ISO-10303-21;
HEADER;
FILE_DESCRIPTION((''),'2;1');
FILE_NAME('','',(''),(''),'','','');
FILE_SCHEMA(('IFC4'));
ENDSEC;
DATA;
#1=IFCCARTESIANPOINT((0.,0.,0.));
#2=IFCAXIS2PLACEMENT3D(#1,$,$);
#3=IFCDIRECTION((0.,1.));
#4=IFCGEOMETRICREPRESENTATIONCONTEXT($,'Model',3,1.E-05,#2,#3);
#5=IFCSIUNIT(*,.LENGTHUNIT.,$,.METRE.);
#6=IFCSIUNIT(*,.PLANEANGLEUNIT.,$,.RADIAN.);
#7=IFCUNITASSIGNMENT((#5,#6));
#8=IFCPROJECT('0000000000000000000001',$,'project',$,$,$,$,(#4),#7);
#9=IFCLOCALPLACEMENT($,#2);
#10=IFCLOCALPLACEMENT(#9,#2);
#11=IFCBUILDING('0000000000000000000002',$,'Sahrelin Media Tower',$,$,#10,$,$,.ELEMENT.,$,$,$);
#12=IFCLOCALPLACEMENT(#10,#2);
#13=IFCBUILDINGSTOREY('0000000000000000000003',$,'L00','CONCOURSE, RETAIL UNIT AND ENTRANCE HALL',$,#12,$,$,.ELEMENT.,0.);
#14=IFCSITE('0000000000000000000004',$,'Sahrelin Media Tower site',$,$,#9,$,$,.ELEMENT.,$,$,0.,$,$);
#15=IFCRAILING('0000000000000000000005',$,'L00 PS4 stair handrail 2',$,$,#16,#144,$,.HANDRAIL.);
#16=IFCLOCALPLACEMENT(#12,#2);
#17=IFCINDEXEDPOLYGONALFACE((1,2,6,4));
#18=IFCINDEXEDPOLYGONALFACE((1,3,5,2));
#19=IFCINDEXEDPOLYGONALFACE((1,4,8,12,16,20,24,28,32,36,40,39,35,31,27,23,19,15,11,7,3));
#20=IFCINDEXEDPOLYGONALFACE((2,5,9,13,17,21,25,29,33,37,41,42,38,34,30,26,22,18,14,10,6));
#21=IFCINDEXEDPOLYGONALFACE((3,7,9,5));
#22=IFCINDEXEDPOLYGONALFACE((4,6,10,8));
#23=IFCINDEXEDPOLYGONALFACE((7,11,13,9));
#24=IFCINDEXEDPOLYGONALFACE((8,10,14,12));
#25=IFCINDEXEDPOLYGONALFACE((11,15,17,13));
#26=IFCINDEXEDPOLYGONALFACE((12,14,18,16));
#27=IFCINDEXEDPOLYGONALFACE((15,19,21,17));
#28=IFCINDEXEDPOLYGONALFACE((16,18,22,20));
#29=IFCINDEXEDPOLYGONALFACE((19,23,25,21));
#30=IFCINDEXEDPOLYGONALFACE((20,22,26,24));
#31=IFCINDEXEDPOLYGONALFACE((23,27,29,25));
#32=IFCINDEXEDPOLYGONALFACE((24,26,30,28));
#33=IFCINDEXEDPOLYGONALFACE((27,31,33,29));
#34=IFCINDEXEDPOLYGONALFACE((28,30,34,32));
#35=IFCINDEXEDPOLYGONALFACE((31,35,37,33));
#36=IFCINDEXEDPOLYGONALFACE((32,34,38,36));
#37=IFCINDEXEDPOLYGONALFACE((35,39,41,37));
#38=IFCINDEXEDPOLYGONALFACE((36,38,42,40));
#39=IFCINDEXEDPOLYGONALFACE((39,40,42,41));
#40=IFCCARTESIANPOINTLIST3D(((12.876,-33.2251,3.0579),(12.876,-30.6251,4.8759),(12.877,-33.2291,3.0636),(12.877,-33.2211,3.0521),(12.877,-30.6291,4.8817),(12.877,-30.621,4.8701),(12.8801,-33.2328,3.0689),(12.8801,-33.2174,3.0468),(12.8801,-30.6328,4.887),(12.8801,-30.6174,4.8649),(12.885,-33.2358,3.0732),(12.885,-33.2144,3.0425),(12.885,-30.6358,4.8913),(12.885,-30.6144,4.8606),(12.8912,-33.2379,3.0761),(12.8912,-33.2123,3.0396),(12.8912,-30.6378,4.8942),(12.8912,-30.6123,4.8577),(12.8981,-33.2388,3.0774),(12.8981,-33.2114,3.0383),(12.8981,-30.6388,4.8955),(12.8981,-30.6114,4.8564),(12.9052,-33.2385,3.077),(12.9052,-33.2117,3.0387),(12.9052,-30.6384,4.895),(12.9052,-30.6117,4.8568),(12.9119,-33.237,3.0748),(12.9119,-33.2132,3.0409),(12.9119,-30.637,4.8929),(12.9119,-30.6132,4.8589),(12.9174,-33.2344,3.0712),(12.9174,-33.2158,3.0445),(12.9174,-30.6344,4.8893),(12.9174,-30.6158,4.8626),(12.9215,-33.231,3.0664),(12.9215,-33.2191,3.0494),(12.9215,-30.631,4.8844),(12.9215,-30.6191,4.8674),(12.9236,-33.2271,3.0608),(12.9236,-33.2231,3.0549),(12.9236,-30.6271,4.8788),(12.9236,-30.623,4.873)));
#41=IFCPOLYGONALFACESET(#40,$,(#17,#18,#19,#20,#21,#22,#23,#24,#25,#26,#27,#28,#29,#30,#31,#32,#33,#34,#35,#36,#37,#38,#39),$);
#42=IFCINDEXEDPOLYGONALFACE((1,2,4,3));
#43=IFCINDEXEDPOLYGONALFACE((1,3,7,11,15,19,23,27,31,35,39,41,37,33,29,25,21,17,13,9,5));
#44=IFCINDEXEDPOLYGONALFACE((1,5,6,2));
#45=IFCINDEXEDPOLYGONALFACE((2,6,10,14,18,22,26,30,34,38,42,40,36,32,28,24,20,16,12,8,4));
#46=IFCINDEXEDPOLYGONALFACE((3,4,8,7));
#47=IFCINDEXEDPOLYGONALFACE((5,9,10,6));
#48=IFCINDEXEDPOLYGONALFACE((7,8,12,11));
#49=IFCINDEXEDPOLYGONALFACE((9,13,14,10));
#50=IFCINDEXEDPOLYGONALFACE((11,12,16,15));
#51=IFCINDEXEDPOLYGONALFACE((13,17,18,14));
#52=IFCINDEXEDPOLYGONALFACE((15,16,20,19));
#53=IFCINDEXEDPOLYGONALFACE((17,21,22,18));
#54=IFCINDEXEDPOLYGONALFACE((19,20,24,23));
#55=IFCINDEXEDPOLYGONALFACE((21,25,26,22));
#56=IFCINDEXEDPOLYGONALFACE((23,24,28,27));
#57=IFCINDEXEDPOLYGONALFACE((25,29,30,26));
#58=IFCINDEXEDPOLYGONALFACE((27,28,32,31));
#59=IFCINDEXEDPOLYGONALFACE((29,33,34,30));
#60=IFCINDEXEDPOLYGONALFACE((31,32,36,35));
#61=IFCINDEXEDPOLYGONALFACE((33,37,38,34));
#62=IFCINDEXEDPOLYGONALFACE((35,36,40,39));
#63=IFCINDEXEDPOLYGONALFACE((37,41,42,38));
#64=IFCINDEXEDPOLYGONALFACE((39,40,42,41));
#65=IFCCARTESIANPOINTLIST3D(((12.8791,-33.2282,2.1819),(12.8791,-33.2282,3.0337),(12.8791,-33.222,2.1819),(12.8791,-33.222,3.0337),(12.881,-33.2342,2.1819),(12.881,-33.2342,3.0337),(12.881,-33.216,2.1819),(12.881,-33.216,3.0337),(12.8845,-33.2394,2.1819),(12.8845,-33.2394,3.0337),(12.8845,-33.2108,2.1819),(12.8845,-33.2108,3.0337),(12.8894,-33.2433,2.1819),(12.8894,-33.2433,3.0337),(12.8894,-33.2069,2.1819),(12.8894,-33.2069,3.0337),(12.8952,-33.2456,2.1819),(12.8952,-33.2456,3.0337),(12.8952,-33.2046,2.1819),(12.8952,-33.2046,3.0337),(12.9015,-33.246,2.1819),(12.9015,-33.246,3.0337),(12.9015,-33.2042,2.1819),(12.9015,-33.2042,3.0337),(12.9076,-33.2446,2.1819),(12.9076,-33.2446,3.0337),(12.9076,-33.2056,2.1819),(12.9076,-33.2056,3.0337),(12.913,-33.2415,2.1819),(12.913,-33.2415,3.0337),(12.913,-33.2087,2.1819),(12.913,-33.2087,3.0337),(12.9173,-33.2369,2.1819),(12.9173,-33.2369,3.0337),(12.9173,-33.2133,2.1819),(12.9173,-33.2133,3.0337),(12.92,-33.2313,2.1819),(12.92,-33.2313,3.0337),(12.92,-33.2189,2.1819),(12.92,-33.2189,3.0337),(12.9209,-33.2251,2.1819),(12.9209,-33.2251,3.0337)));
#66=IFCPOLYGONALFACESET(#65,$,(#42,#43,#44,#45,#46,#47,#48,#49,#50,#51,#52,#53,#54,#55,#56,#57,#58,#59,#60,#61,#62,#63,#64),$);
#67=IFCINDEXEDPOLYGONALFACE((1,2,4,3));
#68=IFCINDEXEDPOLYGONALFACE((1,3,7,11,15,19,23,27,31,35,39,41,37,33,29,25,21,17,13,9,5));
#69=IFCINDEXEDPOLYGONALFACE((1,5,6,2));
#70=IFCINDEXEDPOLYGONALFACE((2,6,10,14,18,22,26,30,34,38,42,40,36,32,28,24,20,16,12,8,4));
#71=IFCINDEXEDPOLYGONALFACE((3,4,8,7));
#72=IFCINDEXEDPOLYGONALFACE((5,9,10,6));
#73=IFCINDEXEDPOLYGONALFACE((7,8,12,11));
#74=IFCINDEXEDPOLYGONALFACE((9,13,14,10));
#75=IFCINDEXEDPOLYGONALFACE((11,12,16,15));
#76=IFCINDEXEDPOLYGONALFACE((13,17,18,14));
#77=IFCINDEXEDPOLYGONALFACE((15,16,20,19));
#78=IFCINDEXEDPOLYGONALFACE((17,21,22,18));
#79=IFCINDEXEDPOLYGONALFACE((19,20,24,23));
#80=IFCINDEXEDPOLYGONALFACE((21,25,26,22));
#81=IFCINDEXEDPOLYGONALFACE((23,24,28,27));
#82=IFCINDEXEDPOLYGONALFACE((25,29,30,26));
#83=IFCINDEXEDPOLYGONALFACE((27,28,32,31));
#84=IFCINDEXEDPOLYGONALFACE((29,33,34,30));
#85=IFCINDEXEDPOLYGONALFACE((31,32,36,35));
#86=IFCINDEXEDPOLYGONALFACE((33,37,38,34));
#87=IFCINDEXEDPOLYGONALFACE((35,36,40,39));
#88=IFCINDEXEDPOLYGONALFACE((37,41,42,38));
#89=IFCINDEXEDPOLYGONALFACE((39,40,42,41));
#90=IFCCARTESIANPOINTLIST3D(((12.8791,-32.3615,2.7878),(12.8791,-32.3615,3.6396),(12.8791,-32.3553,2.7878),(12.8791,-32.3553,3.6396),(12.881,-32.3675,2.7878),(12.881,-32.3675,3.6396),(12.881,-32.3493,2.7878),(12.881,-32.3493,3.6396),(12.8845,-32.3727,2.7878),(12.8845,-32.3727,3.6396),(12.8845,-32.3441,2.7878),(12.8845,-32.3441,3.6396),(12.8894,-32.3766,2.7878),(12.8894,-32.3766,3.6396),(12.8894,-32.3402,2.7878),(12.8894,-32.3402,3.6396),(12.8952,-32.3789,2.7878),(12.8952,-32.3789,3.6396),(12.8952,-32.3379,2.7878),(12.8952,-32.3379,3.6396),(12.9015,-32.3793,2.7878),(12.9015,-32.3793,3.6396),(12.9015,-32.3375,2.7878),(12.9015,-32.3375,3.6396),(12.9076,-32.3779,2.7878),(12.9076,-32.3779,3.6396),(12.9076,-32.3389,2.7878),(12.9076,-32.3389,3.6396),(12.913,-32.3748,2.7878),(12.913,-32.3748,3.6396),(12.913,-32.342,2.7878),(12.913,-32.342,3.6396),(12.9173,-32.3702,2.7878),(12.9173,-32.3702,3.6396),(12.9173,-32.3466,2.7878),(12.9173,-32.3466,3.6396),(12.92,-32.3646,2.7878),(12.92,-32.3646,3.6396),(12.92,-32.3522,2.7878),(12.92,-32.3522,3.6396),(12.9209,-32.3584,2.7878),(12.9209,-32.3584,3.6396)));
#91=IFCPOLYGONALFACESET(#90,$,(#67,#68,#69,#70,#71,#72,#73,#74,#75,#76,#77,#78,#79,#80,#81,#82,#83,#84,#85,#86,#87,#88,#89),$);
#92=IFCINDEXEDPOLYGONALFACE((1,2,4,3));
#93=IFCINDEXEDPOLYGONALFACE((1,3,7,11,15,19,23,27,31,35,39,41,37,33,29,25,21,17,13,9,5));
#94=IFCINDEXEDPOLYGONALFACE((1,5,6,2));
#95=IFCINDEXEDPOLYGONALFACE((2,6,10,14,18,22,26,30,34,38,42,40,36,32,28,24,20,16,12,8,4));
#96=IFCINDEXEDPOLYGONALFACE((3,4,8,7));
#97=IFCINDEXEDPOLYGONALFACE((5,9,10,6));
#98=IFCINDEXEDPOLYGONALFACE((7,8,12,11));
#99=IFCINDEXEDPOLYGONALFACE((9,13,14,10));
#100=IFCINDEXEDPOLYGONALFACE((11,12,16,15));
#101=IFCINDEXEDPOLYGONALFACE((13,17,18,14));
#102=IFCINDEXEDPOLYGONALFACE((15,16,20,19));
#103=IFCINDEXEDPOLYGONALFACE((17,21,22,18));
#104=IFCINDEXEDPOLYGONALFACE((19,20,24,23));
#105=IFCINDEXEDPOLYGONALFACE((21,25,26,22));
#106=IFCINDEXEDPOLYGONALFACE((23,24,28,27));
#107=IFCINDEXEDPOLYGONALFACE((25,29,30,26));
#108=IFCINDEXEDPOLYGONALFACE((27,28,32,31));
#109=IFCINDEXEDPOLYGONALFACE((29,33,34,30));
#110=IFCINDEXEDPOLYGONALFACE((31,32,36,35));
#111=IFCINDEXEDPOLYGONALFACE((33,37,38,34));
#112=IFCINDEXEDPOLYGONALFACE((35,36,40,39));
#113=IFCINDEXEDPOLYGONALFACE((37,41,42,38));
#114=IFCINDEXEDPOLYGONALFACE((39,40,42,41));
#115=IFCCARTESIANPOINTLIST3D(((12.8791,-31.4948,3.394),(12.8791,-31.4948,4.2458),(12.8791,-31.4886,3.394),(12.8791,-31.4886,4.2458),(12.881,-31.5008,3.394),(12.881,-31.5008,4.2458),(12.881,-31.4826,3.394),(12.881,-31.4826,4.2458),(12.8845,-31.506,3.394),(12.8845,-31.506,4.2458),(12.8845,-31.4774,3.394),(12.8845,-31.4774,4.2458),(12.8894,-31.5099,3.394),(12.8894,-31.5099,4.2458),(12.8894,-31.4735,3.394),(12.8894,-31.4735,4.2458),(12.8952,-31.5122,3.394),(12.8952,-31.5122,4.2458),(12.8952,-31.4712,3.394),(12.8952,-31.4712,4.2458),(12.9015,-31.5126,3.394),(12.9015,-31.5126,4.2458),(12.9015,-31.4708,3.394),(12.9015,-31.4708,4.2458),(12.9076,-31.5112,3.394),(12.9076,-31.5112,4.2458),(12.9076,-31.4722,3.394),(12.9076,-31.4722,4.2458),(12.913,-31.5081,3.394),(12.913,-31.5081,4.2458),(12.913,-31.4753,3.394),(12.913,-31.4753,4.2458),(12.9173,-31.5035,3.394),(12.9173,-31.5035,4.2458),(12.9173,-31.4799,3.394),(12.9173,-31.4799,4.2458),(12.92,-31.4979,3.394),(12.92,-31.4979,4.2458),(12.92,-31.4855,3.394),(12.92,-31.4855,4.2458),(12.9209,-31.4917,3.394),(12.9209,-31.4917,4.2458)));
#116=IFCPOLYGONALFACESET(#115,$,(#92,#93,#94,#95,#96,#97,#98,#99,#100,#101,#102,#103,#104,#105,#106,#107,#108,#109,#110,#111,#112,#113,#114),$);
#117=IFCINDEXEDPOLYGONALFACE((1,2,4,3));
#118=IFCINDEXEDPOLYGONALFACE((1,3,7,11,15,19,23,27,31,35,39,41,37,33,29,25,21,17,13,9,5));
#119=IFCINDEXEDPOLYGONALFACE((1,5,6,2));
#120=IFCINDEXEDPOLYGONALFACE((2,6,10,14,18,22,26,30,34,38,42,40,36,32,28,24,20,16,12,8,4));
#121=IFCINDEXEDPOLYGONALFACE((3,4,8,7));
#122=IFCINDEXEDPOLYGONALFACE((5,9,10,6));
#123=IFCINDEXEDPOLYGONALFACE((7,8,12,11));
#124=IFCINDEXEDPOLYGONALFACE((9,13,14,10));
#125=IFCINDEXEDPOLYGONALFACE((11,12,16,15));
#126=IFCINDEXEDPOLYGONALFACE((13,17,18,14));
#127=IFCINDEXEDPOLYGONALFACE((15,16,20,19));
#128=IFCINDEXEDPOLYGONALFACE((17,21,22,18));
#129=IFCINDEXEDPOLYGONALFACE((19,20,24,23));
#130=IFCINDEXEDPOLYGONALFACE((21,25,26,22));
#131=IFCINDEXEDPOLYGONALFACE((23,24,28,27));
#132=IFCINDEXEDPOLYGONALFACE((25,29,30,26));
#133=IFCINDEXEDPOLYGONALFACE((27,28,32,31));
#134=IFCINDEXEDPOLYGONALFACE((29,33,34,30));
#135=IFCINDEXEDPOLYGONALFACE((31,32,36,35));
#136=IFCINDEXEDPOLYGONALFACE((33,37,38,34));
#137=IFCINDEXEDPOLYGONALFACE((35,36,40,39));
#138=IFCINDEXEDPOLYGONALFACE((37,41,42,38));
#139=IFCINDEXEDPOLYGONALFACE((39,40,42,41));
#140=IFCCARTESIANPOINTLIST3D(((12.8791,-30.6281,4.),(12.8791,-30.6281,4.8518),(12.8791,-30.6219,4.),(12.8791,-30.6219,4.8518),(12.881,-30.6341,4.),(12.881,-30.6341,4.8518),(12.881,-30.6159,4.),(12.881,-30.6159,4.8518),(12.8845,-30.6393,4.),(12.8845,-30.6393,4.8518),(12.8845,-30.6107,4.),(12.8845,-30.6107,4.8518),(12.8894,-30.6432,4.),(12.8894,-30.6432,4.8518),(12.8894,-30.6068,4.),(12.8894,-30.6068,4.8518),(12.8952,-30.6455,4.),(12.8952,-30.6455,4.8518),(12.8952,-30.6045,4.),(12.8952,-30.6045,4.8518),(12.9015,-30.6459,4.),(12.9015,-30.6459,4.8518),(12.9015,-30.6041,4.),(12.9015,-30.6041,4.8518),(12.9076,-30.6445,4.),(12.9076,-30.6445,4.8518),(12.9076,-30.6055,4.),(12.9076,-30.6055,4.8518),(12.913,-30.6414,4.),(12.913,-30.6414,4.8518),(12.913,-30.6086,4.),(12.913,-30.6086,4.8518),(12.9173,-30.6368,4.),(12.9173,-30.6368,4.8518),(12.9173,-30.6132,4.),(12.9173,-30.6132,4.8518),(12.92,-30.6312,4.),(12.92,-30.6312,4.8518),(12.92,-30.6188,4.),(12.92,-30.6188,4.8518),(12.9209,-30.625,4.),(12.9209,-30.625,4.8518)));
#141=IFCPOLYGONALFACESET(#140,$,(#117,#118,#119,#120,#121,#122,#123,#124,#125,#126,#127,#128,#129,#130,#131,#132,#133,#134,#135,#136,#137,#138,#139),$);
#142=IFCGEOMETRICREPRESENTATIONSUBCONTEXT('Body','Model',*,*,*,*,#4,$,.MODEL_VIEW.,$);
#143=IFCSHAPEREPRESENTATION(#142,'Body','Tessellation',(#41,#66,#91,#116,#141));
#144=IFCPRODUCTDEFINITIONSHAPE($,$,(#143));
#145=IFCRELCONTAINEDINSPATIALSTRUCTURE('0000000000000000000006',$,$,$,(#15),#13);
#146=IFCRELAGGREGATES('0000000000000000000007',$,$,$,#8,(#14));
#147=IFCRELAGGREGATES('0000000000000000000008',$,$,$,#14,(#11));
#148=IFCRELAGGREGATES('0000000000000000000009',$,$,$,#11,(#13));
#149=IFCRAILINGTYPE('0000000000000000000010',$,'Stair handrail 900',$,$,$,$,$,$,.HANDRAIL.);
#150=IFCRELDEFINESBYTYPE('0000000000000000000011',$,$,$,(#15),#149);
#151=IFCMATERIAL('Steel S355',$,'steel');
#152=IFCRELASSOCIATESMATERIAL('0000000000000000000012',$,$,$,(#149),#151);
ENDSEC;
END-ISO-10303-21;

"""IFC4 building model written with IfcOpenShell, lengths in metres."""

from ifc_helpers import new_model, si_unit, direction, frame, origin, origin_2d, place, context, subcontext, project, spatial, circle, extrude, material, type_object, element, save


model = new_model("IFC4")

# Units and contexts
model_context = context("Model", 3, precision=1e-05, world=origin(), true_north=direction((0.0, 1.0)))
body_context = subcontext(model_context, "Body", "Model", "MODEL_VIEW")
ifc_project = project(units=[si_unit("LENGTHUNIT", "METRE"), si_unit("PLANEANGLEUNIT", "RADIAN")], contexts=[model_context])

# Site, building, storey
site_placement = place(None, origin())
site = spatial("IfcSite", under=ifc_project, at=site_placement, Name="Sahrelin Media Tower site", CompositionType="ELEMENT", RefElevation=0.0)
building_placement = place(site_placement, origin())
building = spatial("IfcBuilding", under=site, at=building_placement, Name="Sahrelin Media Tower", CompositionType="ELEMENT")
storey_placement = place(building_placement, origin())
storey = spatial("IfcBuildingStorey", under=building, at=storey_placement, Name="L00", Description="CONCOURSE, RETAIL UNIT AND ENTRANCE HALL", CompositionType="ELEMENT", Elevation=0.0)

# Shared definitions
ifc_material_1 = material(Name="Steel S355", Category="steel")

# Railing
railing_type_1 = type_object("IfcRailingType", Name="Stair handrail 900", PredefinedType="HANDRAIL", material=ifc_material_1)
for number, where, name in (
    (1, (12.8999, -33.2251, 2.1819), "L00 PS4 stair handrail 2"),
):
    element("IfcRailing", number, at=place(storey_placement, frame(where)), inside=storey, type_object=railing_type_1, Name=name, PredefinedType="HANDRAIL", context=body_context, shape_type="SweptSolid", body=[
        extrude(circle(Radius=0.0239, at=origin_2d()), frame((0.0, 0.0, 0.876), z_axis=(0.0, 0.819521, 0.573049), x_axis=(-1.0, 0.0, 0.0)), (0.0, 0.0, 1.0), 3.1726),
        extrude(circle(Radius=0.021, at=origin_2d()), origin(), (0.0, 0.0, 1.0), 0.8518),
        extrude(circle(Radius=0.021, at=origin_2d()), frame((0.0, 0.8667, 0.606)), (0.0, 0.0, 1.0), 0.8518),
        extrude(circle(Radius=0.021, at=origin_2d()), frame((0.0, 1.7334, 1.2122)), (0.0, 0.0, 1.0), 0.8518),
        extrude(circle(Radius=0.021, at=origin_2d()), frame((0.0, 2.6001, 1.8181)), (0.0, 0.0, 1.0), 0.8518),
    ])

save(model, "model.ifc")
